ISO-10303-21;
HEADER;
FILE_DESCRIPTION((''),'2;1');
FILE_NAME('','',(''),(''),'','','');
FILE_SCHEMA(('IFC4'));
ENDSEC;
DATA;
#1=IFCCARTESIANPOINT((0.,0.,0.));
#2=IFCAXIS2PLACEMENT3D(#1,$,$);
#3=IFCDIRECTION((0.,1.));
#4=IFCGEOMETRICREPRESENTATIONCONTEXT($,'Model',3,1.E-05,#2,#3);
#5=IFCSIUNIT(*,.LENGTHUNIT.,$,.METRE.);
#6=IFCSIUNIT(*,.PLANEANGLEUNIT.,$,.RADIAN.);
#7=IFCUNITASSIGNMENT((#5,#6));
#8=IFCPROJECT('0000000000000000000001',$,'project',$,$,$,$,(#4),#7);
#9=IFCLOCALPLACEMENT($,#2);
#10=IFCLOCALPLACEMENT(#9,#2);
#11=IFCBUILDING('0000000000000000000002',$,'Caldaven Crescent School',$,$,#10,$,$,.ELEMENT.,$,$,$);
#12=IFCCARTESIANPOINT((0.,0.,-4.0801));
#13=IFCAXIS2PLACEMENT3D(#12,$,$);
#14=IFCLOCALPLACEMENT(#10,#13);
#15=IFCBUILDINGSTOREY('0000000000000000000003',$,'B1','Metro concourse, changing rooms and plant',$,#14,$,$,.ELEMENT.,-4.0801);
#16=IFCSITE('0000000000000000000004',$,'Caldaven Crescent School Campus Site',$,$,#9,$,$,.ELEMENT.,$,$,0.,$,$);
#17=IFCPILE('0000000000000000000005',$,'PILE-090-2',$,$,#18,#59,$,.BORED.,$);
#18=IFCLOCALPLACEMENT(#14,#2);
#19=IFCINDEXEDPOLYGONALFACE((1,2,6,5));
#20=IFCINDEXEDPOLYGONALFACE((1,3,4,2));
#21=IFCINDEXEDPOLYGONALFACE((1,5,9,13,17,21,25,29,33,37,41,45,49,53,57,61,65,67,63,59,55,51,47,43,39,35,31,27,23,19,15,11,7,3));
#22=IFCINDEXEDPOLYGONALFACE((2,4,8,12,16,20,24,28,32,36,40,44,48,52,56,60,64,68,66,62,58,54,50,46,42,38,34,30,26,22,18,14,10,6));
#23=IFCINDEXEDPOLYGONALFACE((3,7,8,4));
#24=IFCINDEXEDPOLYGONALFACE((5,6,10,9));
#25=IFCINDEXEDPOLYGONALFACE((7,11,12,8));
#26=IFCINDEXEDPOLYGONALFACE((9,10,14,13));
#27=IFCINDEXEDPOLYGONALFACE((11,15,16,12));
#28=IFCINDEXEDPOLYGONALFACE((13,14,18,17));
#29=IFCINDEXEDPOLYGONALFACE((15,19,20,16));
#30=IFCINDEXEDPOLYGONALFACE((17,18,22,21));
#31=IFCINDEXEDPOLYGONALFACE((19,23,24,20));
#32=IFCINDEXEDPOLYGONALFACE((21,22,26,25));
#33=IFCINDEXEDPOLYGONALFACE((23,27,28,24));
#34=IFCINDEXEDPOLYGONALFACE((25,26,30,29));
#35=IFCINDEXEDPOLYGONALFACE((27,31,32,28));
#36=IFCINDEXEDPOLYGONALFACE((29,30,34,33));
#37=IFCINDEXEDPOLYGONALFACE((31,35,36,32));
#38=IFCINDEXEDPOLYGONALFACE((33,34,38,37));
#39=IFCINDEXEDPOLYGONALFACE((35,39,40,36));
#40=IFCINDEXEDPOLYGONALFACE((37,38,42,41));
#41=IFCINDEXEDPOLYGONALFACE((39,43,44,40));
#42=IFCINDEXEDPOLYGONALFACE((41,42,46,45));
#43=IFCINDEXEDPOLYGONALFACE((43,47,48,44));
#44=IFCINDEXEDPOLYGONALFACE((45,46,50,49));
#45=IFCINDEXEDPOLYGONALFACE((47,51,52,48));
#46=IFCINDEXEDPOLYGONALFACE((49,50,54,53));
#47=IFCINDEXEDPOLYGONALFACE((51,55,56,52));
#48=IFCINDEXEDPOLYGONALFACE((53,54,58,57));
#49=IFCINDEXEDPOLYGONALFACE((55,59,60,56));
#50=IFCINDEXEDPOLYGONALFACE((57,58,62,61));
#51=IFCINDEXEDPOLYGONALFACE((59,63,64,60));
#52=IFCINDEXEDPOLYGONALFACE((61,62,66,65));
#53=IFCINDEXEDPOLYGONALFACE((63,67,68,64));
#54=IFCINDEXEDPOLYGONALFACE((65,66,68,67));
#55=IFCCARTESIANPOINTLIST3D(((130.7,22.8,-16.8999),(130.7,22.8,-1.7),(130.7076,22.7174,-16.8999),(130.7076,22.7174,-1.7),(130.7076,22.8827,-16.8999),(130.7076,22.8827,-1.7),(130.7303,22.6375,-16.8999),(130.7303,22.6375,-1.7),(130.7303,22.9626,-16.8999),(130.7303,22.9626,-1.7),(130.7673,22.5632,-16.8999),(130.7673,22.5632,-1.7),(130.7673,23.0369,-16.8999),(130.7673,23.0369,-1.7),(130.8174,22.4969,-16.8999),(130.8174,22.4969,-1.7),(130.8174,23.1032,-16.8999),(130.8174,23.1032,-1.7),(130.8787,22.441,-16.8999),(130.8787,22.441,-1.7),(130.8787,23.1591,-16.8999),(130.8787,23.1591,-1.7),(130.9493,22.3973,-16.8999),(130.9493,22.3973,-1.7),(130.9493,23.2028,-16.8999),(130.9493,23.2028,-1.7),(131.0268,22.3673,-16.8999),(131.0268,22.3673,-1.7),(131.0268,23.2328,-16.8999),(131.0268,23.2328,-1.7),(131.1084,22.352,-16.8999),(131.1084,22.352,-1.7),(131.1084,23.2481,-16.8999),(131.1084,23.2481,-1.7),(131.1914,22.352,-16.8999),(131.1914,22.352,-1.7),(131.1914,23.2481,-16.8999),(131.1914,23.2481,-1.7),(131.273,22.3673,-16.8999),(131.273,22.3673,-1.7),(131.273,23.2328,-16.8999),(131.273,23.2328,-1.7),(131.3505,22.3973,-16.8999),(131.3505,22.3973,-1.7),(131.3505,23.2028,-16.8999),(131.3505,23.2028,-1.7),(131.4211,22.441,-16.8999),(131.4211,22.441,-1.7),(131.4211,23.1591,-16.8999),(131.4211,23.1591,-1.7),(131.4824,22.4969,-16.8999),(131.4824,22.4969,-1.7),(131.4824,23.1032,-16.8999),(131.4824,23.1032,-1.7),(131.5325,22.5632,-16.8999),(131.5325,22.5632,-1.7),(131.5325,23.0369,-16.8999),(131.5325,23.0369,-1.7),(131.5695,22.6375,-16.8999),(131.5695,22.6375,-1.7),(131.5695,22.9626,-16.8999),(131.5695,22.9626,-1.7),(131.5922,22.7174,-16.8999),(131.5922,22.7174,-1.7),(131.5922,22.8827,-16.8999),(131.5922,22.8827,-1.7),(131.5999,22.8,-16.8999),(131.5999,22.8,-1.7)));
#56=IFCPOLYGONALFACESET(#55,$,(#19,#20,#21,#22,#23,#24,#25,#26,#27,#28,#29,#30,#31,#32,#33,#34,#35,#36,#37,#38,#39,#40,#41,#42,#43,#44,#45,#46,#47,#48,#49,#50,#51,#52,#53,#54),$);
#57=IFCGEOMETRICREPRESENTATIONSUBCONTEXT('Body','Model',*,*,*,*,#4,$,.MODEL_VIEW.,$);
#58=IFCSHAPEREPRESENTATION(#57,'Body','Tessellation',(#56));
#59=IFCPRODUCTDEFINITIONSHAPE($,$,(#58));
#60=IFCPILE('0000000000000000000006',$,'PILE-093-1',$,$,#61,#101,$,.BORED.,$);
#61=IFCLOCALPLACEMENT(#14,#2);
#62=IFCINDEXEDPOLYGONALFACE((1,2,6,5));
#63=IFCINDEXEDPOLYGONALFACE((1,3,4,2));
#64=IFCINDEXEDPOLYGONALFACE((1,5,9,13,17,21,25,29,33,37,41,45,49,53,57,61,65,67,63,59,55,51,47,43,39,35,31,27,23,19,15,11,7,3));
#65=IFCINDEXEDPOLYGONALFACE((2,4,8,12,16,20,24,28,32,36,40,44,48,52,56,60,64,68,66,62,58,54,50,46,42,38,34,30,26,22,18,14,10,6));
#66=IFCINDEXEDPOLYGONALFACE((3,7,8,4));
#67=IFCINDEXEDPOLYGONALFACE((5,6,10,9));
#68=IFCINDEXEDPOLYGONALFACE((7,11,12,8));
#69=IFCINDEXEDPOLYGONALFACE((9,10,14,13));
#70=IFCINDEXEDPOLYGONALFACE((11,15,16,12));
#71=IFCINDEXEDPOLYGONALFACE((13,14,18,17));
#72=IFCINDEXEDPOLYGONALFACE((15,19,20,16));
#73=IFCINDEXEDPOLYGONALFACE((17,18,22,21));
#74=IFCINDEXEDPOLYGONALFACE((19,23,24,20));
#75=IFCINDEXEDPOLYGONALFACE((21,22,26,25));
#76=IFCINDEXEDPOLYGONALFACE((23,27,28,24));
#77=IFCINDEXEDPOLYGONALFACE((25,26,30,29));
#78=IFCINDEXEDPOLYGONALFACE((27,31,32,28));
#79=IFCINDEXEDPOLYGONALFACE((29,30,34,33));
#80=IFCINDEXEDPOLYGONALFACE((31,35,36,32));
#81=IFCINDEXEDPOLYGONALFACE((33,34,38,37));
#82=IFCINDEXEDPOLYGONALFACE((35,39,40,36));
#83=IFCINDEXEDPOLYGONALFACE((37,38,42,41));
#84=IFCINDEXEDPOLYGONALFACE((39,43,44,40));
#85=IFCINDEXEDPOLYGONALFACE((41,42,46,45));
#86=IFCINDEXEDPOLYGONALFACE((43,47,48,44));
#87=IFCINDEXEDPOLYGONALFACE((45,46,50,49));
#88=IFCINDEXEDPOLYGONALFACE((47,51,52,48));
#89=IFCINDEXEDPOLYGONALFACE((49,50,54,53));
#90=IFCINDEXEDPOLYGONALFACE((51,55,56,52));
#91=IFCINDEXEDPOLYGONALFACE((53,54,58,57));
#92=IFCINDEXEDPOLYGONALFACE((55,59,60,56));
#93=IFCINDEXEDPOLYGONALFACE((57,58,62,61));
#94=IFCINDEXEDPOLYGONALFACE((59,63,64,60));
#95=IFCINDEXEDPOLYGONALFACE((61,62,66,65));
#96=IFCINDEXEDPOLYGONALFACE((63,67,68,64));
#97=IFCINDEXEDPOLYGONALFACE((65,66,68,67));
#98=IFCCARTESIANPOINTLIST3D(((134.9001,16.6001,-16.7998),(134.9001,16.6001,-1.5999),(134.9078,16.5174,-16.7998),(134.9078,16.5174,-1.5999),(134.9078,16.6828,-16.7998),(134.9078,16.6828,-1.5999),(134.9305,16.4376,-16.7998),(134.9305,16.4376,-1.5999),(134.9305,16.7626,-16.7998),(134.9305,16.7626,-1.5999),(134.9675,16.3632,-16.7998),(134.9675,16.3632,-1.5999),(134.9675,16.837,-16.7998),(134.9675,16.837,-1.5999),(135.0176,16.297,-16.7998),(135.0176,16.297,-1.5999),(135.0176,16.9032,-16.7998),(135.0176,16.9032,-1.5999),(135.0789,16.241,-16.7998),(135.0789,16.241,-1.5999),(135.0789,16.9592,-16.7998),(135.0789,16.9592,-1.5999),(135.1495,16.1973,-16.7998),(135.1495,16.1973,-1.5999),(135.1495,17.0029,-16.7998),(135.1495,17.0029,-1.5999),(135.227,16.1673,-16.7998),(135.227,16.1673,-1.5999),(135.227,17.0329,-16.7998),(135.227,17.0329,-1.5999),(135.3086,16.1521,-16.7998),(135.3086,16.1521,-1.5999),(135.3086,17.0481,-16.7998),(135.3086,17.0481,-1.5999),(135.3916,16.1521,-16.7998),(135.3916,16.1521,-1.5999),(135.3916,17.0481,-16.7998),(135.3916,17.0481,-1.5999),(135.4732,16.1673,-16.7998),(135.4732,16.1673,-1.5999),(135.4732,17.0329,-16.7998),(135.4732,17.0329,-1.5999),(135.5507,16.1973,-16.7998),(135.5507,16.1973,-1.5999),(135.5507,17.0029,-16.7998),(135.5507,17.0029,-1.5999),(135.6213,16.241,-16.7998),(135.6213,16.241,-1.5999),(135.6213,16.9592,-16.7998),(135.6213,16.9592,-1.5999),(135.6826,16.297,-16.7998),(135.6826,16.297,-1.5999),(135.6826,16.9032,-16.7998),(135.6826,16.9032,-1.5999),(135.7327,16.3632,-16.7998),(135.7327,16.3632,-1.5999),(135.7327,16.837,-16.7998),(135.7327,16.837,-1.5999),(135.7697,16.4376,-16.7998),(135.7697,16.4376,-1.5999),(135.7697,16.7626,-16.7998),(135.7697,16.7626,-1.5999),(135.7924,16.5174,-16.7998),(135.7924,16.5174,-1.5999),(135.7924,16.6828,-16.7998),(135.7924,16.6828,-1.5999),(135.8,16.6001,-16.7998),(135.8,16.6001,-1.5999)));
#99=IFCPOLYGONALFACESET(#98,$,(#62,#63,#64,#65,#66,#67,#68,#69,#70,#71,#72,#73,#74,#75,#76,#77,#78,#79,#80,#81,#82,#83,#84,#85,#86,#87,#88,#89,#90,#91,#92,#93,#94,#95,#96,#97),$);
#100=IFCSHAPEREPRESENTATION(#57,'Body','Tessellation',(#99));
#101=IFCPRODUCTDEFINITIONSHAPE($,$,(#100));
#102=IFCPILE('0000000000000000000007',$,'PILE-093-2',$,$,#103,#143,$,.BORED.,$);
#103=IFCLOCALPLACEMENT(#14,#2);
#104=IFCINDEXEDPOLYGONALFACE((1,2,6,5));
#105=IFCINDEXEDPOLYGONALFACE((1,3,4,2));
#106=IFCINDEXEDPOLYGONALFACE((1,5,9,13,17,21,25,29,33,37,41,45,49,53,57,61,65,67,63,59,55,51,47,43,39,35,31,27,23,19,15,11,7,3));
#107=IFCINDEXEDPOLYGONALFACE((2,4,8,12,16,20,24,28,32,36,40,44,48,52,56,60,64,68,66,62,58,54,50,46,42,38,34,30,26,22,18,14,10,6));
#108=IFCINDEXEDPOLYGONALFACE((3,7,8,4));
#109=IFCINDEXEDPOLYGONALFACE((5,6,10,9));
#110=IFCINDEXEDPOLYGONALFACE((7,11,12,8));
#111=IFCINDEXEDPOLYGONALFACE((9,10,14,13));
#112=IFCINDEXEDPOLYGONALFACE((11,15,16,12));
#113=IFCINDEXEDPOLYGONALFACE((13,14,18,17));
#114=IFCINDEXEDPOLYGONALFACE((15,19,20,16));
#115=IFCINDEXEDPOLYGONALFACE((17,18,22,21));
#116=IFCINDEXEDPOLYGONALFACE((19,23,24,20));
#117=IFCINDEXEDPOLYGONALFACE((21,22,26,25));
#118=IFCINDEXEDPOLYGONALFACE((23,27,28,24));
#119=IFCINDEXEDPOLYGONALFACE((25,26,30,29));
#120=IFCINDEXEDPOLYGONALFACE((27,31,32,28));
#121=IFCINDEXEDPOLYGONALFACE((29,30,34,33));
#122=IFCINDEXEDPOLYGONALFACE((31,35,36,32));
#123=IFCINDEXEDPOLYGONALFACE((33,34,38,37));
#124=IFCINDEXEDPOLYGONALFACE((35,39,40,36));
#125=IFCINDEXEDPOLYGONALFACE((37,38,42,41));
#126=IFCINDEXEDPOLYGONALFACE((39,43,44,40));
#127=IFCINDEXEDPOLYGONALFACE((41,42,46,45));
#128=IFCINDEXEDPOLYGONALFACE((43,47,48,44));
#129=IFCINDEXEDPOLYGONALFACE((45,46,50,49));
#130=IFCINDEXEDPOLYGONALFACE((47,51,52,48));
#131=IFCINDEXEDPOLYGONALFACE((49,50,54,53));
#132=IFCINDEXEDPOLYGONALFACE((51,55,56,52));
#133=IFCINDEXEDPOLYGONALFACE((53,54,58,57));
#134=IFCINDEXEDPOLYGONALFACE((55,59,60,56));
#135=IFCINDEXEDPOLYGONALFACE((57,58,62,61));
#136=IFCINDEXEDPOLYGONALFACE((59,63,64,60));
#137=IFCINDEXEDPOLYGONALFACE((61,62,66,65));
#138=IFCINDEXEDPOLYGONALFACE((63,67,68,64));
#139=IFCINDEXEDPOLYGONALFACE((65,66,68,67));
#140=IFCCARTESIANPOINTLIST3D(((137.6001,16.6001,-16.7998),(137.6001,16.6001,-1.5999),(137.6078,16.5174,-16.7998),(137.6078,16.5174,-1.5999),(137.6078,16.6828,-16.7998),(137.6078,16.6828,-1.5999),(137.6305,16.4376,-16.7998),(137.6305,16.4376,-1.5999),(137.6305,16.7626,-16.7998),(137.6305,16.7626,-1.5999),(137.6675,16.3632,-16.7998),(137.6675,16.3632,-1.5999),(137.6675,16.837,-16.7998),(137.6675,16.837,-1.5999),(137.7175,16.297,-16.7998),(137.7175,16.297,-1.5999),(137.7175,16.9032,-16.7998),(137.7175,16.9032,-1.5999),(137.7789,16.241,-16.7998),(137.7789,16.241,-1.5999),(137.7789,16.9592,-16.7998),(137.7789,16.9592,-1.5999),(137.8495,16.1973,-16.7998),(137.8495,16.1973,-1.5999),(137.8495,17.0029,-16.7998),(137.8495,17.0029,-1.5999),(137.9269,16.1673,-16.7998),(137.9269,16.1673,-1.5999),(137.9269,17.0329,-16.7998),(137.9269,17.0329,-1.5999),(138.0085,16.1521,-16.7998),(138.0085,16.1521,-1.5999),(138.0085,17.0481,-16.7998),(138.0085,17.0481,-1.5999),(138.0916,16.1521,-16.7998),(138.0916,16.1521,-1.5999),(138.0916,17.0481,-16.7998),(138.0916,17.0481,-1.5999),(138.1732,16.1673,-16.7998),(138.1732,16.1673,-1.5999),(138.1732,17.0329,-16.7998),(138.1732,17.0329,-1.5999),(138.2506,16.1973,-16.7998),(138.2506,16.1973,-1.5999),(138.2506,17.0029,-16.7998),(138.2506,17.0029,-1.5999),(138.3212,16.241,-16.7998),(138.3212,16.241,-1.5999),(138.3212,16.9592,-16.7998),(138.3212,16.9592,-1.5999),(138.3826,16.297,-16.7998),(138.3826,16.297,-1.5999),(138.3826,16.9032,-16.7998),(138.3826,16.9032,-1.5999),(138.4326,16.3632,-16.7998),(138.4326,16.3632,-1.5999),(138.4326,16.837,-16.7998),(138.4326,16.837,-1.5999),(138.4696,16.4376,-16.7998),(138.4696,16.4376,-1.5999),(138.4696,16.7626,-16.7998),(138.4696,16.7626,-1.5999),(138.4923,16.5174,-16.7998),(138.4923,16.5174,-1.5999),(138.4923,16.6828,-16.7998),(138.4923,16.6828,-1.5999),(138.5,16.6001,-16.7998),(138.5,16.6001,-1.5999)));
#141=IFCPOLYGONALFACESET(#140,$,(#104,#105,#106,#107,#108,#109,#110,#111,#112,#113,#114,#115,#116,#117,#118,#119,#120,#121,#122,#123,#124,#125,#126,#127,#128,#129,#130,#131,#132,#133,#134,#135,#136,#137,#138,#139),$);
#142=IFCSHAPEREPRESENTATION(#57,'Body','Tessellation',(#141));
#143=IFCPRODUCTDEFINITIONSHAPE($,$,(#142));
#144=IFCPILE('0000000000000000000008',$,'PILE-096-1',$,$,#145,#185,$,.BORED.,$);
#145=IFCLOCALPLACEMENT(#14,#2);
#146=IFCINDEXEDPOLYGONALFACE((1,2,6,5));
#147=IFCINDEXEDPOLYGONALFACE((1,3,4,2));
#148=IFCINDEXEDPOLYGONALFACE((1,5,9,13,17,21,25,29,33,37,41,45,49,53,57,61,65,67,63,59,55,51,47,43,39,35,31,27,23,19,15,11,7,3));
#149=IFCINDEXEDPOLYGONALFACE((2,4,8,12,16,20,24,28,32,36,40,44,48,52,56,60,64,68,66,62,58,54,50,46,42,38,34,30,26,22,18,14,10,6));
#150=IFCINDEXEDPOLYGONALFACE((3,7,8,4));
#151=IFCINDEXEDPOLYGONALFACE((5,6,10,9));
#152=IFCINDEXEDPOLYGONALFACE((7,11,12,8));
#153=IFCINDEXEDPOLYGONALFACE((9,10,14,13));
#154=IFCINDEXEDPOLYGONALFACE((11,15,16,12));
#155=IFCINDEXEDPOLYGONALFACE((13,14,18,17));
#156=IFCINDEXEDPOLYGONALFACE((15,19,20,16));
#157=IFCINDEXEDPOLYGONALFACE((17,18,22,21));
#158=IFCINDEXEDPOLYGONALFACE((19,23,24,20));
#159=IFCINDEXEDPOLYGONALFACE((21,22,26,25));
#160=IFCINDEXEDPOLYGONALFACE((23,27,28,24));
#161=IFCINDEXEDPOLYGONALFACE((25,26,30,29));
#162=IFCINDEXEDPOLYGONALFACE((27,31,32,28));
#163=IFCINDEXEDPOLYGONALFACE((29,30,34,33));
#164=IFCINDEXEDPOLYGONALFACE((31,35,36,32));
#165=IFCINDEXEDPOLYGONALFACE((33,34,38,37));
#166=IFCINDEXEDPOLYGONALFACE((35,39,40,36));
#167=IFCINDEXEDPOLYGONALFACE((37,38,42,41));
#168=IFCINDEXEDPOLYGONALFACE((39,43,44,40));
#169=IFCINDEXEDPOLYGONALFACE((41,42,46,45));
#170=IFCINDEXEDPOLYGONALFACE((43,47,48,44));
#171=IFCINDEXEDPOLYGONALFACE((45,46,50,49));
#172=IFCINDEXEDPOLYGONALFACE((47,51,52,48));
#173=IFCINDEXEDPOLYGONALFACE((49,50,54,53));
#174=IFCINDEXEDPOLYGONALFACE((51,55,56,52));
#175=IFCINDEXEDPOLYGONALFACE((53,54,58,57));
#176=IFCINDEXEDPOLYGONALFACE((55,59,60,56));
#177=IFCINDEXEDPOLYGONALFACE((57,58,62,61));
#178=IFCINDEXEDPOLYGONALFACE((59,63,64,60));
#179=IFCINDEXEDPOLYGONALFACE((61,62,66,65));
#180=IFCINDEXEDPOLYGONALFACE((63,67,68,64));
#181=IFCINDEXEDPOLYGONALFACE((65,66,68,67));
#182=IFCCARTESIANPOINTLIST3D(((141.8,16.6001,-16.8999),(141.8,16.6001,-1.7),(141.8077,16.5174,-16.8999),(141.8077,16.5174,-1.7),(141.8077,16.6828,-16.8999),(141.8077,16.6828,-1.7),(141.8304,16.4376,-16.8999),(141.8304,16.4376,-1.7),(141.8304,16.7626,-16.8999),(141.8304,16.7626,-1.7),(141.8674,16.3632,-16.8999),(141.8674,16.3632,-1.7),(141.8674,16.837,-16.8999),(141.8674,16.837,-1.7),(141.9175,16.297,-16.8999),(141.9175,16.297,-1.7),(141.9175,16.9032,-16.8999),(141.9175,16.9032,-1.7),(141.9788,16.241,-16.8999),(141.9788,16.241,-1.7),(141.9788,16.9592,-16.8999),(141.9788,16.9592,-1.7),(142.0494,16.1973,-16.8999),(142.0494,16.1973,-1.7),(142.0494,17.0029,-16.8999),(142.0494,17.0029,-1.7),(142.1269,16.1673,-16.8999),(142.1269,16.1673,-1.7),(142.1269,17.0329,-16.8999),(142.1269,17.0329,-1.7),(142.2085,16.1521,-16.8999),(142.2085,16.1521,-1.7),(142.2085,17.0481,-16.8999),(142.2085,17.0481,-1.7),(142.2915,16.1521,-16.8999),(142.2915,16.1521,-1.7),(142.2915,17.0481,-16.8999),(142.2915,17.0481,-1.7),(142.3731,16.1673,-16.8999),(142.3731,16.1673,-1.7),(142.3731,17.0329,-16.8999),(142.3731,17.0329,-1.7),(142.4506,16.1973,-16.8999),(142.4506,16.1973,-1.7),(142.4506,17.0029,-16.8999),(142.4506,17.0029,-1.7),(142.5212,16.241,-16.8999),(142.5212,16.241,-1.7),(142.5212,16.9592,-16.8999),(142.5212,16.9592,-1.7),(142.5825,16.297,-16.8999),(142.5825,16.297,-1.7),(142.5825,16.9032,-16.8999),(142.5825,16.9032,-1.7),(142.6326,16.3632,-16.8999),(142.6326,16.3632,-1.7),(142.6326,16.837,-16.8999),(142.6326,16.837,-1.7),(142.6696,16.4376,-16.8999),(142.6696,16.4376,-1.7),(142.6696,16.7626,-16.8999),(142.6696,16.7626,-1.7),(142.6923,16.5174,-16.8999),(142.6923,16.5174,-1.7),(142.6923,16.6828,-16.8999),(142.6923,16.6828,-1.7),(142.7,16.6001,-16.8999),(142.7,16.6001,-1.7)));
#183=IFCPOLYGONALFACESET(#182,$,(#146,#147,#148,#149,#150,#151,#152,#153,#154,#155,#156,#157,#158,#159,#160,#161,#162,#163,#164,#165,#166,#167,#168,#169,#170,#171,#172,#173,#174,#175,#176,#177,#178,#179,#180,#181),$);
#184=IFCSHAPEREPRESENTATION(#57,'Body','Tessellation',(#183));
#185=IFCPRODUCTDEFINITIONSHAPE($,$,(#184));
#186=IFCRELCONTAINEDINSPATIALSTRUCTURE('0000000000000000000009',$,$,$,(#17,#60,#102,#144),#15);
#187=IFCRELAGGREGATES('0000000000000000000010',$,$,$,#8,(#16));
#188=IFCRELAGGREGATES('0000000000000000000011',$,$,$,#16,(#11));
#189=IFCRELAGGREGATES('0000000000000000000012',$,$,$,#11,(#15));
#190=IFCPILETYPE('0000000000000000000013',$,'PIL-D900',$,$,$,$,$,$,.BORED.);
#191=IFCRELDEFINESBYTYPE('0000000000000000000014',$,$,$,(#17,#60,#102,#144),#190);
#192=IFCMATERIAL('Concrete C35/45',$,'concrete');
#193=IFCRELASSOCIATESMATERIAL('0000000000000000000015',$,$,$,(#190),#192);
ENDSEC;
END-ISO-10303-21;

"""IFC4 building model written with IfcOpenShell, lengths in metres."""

from ifc_helpers import new_model, si_unit, direction, frame, origin, origin_2d, place, context, subcontext, project, spatial, circle, extrude, material, material_profile, profile_set, type_object, element, save


model = new_model("IFC4")

# Units and contexts
model_context = context("Model", 3, precision=1e-05, world=origin(), true_north=direction((0.0, 1.0)))
body_context = subcontext(model_context, "Body", "Model", "MODEL_VIEW")
ifc_project = project(units=[si_unit("LENGTHUNIT", "METRE"), si_unit("PLANEANGLEUNIT", "RADIAN")], contexts=[model_context])

# Site, building, storey
site_placement = place(None, origin())
site = spatial("IfcSite", under=ifc_project, at=site_placement, Name="Caldaven Crescent School Campus Site", CompositionType="ELEMENT", RefElevation=0.0)
building_placement = place(site_placement, origin())
building = spatial("IfcBuilding", under=site, at=building_placement, Name="Caldaven Crescent School", CompositionType="ELEMENT")
storey_placement = place(building_placement, frame((0.0, 0.0, -4.0801)))
storey = spatial("IfcBuildingStorey", under=building, at=storey_placement, Name="B1", Description="Metro concourse, changing rooms and plant", CompositionType="ELEMENT", Elevation=-4.0801)

# Shared definitions
ifc_material_1 = material(Name="Concrete C35/45", Category="concrete")

# Piles
ifc_material_profile_1 = material_profile(ifc_material_1, circle(Radius=0.45, at=origin_2d()), Name="PILE D900")
ifc_profile_set_1 = profile_set([ifc_material_profile_1], Name="Concrete C35/45")
pile_type = type_object("IfcPileType", Name="PIL-D900", PredefinedType="BORED", material=ifc_profile_set_1)
for number, where, z_axis, x_axis, name in (
    (1, (131.1499, 22.8, -1.7), (0.0, 0.0, -1.0), (1.0, 0.0, 0.0), "PILE-090-2"),
    (2, (135.3501, 16.6001, -1.5999), (0.0, 0.0, -1.0), (1.0, 0.0, 0.0), "PILE-093-1"),
    (3, (138.05, 16.6001, -1.5999), (0.0, 0.0, -1.0), (1.0, 0.0, 0.0), "PILE-093-2"),
    (4, (142.25, 16.6001, -1.7), (0.0, 0.0, -1.0), (1.0, 0.0, 0.0), "PILE-096-1"),
):
    element("IfcPile", number, at=place(storey_placement, frame(where, z_axis=z_axis, x_axis=x_axis)), inside=storey, type_object=pile_type, Name=name, PredefinedType="BORED", context=body_context, shape_type="SweptSolid", body=[
        extrude(circle(Radius=0.45, at=origin_2d()), origin(), (0.0, 0.0, 1.0), 15.2),
    ])

save(model, "model.ifc")
